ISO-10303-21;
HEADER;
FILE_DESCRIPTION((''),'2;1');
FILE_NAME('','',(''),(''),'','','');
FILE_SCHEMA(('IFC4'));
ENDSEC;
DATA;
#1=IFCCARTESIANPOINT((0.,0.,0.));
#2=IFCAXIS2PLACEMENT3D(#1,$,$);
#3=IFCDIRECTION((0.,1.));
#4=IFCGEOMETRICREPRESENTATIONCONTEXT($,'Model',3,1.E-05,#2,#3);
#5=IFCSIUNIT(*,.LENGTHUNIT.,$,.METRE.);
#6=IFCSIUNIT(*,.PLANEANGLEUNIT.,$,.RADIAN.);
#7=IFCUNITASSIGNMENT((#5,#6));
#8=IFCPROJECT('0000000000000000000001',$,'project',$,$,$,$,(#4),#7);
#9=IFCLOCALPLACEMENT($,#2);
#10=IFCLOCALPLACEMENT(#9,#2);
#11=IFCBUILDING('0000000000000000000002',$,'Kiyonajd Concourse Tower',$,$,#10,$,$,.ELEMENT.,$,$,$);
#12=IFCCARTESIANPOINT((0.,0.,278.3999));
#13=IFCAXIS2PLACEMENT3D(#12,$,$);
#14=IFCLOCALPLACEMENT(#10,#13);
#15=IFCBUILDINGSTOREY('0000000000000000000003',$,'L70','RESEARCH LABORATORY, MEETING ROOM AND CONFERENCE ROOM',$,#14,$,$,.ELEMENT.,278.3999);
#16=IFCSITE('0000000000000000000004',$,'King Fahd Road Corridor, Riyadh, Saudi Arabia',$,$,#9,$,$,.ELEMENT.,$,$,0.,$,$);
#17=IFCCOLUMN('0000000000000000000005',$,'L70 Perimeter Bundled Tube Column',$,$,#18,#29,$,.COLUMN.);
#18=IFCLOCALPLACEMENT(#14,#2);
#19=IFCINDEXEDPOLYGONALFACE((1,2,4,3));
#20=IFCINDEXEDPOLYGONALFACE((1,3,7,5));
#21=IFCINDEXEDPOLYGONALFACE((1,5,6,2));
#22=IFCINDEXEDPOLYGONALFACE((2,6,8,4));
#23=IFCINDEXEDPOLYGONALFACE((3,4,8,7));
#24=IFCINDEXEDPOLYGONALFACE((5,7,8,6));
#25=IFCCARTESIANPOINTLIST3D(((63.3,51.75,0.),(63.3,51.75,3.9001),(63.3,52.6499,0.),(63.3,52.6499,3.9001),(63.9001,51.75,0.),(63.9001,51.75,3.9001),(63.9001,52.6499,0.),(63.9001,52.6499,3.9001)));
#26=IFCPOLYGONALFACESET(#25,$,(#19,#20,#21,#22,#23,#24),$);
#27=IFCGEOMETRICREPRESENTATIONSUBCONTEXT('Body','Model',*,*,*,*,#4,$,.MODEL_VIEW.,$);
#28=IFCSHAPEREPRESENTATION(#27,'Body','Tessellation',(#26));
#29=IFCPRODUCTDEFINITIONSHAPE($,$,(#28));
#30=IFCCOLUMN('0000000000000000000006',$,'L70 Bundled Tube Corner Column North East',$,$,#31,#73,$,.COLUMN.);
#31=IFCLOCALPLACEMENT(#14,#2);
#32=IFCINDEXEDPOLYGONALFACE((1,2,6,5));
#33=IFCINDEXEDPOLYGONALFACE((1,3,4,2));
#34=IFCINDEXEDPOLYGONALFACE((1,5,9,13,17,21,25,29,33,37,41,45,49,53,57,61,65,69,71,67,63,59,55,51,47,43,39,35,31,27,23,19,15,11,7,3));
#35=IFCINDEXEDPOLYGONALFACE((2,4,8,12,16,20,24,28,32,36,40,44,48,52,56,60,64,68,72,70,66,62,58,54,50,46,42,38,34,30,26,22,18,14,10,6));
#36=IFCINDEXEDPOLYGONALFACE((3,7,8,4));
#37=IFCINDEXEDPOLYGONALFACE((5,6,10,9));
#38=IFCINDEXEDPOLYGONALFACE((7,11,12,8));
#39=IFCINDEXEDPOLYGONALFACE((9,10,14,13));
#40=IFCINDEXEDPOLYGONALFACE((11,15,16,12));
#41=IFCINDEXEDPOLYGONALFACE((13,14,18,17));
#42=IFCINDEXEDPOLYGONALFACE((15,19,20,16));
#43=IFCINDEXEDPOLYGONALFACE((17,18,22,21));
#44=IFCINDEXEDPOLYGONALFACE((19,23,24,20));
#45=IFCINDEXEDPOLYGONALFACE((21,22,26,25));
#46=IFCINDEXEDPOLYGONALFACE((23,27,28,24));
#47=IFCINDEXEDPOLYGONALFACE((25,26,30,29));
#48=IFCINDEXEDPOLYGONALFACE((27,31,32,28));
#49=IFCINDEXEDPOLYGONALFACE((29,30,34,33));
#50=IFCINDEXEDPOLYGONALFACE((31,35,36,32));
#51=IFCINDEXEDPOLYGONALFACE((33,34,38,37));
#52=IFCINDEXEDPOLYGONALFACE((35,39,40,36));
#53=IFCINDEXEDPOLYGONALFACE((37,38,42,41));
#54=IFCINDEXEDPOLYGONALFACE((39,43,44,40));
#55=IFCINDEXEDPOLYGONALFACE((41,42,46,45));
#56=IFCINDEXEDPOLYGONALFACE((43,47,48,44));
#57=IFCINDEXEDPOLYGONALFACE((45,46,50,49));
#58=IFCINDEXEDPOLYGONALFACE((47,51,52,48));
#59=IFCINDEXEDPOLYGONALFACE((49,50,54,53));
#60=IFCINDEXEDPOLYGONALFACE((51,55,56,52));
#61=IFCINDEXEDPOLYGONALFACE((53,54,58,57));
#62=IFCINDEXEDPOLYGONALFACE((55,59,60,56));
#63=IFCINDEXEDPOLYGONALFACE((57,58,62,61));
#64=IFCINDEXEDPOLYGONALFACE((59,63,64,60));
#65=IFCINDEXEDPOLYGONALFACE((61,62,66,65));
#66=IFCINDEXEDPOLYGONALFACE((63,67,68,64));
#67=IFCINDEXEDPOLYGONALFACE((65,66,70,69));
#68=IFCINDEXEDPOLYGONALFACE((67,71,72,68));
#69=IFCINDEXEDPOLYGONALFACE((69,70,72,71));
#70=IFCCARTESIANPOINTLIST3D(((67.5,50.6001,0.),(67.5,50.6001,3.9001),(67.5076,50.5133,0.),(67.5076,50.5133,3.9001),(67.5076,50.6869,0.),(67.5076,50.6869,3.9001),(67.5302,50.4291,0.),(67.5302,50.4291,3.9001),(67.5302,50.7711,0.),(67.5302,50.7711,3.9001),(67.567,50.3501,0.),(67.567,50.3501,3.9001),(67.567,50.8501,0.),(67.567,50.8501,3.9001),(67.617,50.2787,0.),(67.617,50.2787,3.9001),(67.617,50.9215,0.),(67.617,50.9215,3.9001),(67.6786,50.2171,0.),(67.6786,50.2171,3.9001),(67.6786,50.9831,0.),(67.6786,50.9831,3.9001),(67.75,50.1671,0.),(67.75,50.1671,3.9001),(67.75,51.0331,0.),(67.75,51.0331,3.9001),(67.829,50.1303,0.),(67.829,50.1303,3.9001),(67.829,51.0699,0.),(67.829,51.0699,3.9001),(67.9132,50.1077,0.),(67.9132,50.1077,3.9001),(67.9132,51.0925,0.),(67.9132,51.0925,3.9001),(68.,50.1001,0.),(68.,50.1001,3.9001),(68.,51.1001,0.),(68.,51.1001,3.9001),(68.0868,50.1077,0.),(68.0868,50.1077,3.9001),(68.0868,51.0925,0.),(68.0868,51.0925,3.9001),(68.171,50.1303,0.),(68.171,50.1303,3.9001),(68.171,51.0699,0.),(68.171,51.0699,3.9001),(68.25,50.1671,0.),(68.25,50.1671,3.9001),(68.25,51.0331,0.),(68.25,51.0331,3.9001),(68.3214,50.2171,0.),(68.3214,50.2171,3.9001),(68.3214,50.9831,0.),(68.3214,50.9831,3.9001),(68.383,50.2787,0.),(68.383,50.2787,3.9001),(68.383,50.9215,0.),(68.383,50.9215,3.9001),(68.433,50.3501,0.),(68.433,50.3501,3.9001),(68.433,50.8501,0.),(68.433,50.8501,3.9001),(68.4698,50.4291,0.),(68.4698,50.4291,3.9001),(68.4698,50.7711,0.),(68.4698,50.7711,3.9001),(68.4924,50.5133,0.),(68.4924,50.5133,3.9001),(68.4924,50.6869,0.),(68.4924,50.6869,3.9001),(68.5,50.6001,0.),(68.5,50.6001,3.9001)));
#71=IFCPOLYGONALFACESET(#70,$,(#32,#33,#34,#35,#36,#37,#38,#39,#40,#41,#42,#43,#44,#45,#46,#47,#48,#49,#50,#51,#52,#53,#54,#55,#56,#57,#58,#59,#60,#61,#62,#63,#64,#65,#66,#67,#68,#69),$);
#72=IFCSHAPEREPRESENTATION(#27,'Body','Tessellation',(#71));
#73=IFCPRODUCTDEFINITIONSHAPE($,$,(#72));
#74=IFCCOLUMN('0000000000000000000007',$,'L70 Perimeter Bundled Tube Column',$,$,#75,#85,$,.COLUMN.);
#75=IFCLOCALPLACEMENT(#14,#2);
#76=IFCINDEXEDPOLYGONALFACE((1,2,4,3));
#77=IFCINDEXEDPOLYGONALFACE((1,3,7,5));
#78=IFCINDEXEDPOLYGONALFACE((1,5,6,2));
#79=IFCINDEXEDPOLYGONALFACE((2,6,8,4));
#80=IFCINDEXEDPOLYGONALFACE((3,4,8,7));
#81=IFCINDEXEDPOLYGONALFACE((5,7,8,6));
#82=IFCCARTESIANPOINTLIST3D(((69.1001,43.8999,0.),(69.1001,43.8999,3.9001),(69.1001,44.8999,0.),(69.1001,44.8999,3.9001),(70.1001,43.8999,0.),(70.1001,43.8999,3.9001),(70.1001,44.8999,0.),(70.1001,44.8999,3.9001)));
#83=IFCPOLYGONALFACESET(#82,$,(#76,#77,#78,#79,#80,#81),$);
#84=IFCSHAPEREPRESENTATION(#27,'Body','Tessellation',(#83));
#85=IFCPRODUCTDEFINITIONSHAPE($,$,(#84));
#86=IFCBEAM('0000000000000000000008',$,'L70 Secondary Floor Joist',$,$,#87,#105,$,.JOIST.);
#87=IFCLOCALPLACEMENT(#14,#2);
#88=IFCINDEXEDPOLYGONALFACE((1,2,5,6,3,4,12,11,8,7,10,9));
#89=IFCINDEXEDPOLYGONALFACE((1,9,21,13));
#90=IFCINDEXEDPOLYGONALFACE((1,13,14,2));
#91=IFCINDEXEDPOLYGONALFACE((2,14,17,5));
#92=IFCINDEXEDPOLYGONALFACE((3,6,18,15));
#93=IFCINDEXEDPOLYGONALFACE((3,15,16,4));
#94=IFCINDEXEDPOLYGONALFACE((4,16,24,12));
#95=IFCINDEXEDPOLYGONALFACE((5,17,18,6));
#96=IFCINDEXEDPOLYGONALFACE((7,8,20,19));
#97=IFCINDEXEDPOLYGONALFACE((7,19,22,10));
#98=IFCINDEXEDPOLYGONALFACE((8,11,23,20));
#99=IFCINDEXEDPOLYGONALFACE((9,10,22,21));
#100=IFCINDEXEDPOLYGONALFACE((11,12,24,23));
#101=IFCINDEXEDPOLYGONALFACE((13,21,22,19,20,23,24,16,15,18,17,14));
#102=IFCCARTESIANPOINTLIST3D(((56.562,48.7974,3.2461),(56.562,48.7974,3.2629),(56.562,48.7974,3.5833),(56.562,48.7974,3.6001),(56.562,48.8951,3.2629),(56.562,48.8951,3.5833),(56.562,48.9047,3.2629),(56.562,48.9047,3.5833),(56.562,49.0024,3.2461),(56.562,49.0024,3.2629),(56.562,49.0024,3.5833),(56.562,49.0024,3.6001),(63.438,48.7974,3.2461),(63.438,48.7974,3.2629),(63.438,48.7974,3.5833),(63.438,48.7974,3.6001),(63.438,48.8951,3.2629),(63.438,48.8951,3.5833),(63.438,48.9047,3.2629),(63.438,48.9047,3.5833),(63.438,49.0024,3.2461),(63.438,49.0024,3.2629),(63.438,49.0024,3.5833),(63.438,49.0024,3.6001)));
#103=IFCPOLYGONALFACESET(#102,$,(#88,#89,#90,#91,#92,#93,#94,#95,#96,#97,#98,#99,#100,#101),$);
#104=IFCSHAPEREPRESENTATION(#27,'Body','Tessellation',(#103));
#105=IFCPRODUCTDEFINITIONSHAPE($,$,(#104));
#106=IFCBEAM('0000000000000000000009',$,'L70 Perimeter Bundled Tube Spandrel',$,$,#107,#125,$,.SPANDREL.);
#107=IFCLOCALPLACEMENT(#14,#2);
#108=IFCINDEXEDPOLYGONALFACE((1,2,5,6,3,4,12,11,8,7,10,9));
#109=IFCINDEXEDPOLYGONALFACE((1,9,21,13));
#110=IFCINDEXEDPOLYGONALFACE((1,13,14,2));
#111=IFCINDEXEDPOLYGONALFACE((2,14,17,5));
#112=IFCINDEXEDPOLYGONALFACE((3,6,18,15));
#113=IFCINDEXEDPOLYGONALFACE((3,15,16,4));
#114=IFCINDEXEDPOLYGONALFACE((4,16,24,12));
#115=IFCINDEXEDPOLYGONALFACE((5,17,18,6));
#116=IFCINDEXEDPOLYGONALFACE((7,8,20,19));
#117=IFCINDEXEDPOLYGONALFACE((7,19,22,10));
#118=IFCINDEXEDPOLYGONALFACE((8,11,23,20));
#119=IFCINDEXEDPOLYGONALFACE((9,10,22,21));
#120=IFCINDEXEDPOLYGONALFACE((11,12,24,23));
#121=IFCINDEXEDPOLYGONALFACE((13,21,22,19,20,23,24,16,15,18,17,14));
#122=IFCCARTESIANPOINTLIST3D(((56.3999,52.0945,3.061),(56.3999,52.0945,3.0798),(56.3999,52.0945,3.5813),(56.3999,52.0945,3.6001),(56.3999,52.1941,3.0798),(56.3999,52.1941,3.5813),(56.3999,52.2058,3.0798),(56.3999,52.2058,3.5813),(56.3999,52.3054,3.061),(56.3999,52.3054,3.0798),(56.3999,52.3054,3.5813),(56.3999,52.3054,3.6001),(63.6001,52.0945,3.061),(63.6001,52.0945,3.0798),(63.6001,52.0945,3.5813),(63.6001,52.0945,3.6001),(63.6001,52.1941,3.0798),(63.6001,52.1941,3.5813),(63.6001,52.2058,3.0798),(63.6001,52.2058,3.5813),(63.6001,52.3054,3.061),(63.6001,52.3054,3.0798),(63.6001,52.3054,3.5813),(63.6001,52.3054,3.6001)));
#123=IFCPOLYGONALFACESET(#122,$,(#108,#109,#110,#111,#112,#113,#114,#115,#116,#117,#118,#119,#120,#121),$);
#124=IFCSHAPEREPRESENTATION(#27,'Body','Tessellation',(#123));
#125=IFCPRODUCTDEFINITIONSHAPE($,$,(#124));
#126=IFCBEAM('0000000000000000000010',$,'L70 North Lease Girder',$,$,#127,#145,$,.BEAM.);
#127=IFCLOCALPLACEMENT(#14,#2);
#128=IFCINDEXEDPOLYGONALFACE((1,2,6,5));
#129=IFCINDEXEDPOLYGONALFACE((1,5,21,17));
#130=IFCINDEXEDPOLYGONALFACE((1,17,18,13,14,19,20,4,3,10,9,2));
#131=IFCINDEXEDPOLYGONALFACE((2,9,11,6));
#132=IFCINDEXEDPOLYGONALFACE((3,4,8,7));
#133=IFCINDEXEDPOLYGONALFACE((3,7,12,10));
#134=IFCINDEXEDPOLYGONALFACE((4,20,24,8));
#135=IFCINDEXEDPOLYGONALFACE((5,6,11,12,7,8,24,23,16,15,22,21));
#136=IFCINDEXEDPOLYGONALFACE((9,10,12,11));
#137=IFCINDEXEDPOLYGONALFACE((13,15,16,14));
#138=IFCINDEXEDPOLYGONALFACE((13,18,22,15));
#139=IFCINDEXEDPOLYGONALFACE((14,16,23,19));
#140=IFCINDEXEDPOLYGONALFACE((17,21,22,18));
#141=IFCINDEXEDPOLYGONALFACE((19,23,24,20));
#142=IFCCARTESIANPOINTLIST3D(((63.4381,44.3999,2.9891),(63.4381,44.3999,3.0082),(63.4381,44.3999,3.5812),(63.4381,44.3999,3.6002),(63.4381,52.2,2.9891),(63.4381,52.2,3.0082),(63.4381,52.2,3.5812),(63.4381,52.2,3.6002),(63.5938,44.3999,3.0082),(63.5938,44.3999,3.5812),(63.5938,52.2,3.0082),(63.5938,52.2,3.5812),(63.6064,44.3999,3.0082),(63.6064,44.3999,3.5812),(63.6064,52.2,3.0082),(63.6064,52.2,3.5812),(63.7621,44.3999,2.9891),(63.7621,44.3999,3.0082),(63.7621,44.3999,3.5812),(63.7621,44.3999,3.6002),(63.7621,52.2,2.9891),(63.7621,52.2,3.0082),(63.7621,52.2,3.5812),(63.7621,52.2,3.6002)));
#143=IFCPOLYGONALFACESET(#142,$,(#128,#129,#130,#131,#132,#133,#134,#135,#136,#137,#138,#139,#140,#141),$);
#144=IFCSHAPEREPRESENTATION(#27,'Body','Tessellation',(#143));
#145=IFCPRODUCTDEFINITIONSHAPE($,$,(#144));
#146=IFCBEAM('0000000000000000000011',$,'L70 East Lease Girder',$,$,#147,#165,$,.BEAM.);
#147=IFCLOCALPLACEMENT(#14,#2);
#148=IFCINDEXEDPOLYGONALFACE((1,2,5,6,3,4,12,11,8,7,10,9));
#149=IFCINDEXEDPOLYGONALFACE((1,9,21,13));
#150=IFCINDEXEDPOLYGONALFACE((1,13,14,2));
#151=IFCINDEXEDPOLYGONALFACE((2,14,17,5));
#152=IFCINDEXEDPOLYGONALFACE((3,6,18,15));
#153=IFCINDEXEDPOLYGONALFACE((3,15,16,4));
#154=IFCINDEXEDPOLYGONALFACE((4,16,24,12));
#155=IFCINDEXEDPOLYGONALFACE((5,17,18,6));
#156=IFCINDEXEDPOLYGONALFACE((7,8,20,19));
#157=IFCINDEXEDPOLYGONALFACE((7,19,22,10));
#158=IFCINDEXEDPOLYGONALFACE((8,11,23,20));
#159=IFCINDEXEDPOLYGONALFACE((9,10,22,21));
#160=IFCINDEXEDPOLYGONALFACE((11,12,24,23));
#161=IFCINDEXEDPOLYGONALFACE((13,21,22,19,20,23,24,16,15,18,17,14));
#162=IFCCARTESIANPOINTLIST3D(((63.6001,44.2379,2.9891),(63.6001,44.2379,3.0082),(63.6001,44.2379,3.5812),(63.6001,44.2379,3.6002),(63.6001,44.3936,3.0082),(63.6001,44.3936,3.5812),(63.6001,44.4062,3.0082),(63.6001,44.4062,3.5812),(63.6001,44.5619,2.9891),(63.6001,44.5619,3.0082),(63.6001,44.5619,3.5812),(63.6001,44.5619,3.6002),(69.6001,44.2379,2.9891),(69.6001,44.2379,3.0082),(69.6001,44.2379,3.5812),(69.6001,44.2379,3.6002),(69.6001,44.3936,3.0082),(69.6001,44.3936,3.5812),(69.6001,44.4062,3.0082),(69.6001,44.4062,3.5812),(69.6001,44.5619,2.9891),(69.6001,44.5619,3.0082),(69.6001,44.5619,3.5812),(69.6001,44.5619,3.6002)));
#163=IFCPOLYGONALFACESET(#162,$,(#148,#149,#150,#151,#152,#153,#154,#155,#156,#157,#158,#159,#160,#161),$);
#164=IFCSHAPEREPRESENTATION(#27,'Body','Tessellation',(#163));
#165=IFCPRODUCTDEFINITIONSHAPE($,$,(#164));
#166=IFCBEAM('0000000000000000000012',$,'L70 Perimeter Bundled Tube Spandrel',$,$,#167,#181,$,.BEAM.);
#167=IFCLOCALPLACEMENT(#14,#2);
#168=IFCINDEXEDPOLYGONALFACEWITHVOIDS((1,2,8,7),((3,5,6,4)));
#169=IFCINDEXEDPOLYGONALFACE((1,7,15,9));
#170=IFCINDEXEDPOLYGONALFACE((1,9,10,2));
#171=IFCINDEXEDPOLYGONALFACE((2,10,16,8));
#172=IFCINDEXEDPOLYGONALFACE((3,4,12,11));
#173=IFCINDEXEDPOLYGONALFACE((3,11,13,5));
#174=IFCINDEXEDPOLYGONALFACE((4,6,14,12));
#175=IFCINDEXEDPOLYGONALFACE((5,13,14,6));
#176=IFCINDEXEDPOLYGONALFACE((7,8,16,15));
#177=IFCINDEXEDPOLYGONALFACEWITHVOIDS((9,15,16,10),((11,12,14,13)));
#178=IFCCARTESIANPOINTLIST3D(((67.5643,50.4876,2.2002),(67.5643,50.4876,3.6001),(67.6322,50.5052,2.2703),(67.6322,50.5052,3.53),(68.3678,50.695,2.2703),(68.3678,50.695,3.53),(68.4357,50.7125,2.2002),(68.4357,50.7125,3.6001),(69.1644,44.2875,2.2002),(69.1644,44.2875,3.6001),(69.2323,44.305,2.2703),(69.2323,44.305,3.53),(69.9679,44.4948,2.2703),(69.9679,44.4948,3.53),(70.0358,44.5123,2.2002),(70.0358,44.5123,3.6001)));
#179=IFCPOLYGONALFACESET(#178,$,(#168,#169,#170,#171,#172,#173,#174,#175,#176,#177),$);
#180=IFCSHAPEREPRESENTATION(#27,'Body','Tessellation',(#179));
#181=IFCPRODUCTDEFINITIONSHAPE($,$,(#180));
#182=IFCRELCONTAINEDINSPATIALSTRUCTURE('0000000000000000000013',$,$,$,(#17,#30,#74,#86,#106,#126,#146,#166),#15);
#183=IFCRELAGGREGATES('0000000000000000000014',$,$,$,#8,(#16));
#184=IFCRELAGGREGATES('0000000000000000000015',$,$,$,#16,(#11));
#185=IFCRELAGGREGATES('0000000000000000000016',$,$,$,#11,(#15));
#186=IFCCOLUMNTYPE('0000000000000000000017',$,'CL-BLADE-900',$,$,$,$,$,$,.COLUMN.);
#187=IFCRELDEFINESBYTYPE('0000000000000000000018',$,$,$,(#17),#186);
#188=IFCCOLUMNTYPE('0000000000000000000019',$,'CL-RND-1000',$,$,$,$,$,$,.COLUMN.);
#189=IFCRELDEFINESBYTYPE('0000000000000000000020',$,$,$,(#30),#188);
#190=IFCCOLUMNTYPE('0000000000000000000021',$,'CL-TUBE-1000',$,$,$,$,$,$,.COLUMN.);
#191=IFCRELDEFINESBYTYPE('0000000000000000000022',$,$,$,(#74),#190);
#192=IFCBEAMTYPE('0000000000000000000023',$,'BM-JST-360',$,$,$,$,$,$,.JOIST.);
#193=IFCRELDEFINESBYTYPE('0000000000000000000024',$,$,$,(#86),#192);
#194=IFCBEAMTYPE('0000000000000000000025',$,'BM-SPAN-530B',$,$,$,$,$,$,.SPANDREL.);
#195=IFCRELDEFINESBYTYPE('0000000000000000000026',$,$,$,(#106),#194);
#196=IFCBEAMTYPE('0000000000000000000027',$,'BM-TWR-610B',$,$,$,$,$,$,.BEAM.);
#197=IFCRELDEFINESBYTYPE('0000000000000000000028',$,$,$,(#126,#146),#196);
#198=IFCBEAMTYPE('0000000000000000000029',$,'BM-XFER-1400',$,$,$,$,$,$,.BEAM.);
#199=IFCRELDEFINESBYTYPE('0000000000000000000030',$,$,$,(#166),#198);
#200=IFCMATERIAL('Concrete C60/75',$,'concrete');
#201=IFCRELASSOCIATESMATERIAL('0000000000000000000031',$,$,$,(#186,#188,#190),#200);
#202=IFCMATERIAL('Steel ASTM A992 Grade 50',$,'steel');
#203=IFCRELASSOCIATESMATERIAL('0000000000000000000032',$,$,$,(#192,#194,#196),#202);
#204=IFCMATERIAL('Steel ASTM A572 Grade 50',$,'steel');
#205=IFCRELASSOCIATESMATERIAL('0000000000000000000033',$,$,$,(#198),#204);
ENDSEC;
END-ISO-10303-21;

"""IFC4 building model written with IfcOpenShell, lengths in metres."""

from ifc_helpers import new_model, si_unit, direction, frame, origin, origin_2d, place, context, subcontext, project, spatial, rectangle, hollow_rectangle, circle, i_section, extrude, material, material_profile, profile_set, type_object, element, save


model = new_model("IFC4")

# Units and contexts
model_context = context("Model", 3, precision=1e-05, world=origin(), true_north=direction((0.0, 1.0)))
body_context = subcontext(model_context, "Body", "Model", "MODEL_VIEW")
ifc_project = project(units=[si_unit("LENGTHUNIT", "METRE"), si_unit("PLANEANGLEUNIT", "RADIAN")], contexts=[model_context])

# Site, building, storey
site_placement = place(None, origin())
site = spatial("IfcSite", under=ifc_project, at=site_placement, Name="King Fahd Road Corridor, Riyadh, Saudi Arabia", CompositionType="ELEMENT", RefElevation=0.0)
building_placement = place(site_placement, origin())
building = spatial("IfcBuilding", under=site, at=building_placement, Name="Kiyonajd Concourse Tower", CompositionType="ELEMENT")
storey_placement = place(building_placement, frame((0.0, 0.0, 278.3999)))
storey = spatial("IfcBuildingStorey", under=building, at=storey_placement, Name="L70", Description="RESEARCH LABORATORY, MEETING ROOM AND CONFERENCE ROOM", CompositionType="ELEMENT", Elevation=278.3999)

# Columns
ifc_material_1 = material(Name="Concrete C60/75", Category="concrete")
ifc_material_profile_1 = material_profile(ifc_material_1, rectangle(XDim=0.6001, YDim=0.8999, at=origin_2d()), Name="RC-900x600")
ifc_profile_set_1 = profile_set([ifc_material_profile_1], Name="Concrete C60/75")
column_type_1 = type_object("IfcColumnType", Name="CL-BLADE-900", PredefinedType="COLUMN", material=ifc_profile_set_1)
column_1_placement = place(storey_placement, frame((63.6001, 52.2, 0.0), z_axis=(0.0, 0.0, 1.0), x_axis=(1.0, 0.0, 0.0)))
element("IfcColumn", 1, at=column_1_placement, inside=storey, type_object=column_type_1, Name="L70 Perimeter Bundled Tube Column", PredefinedType="COLUMN", context=body_context, shape_type="SweptSolid", body=[
    extrude(rectangle(XDim=0.6001, YDim=0.8999, at=origin_2d()), origin(), (0.0, 0.0, 1.0), 3.9001),
])
ifc_material_profile_2 = material_profile(ifc_material_1, circle(Radius=0.5, at=origin_2d()), Name="RCC-D1000")
ifc_profile_set_2 = profile_set([ifc_material_profile_2], Name="Concrete C60/75")
column_type_2 = type_object("IfcColumnType", Name="CL-RND-1000", PredefinedType="COLUMN", material=ifc_profile_set_2)
column_2_placement = place(storey_placement, frame((68.0, 50.6001, 0.0), z_axis=(0.0, 0.0, 1.0), x_axis=(1.0, 0.0, 0.0)))
element("IfcColumn", 2, at=column_2_placement, inside=storey, type_object=column_type_2, Name="L70 Bundled Tube Corner Column North East", PredefinedType="COLUMN", context=body_context, shape_type="SweptSolid", body=[
    extrude(circle(Radius=0.5, at=origin_2d()), origin(), (0.0, 0.0, 1.0), 3.9001),
])
ifc_material_profile_3 = material_profile(ifc_material_1, rectangle(XDim=1.0, YDim=1.0, at=origin_2d()), Name="RC-1000x1000")
ifc_profile_set_3 = profile_set([ifc_material_profile_3], Name="Concrete C60/75")
column_type_3 = type_object("IfcColumnType", Name="CL-TUBE-1000", PredefinedType="COLUMN", material=ifc_profile_set_3)
column_3_placement = place(storey_placement, frame((69.6001, 44.3999, 0.0), z_axis=(0.0, 0.0, 1.0), x_axis=(1.0, 0.0, 0.0)))
element("IfcColumn", 3, at=column_3_placement, inside=storey, type_object=column_type_3, Name="L70 Perimeter Bundled Tube Column", PredefinedType="COLUMN", context=body_context, shape_type="SweptSolid", body=[
    extrude(rectangle(XDim=1.0, YDim=1.0, at=origin_2d()), origin(), (0.0, 0.0, 1.0), 3.9001),
])

# Beams
ifc_material_2 = material(Name="Steel ASTM A992 Grade 50", Category="steel")
ifc_material_profile_4 = material_profile(ifc_material_2, i_section(OverallWidth=0.2051, OverallDepth=0.354, WebThickness=0.0095, FlangeThickness=0.0168, at=origin_2d()), Name="W360X79")
ifc_profile_set_4 = profile_set([ifc_material_profile_4], Name="Steel ASTM A992 Grade 50")
beam_type_1 = type_object("IfcBeamType", Name="BM-JST-360", PredefinedType="JOIST", material=ifc_profile_set_4)
beam_1_placement = place(storey_placement, frame((56.562, 48.8999, 3.4231), z_axis=(1.0, 0.0, 0.0), x_axis=(0.0, 1.0, 0.0)))
element("IfcBeam", 4, at=beam_1_placement, inside=storey, type_object=beam_type_1, Name="L70 Secondary Floor Joist", PredefinedType="JOIST", context=body_context, shape_type="SweptSolid", body=[
    extrude(i_section(OverallWidth=0.2051, OverallDepth=0.354, WebThickness=0.0095, FlangeThickness=0.0168, at=origin_2d()), origin(), (0.0, 0.0, 1.0), 6.876),
])
ifc_material_profile_5 = material_profile(ifc_material_2, i_section(OverallWidth=0.2109, OverallDepth=0.5391, WebThickness=0.0117, FlangeThickness=0.0188, at=origin_2d()), Name="W530X109")
ifc_profile_set_5 = profile_set([ifc_material_profile_5], Name="Steel ASTM A992 Grade 50")
beam_type_2 = type_object("IfcBeamType", Name="BM-SPAN-530B", PredefinedType="SPANDREL", material=ifc_profile_set_5)
beam_2_placement = place(storey_placement, frame((63.6001, 52.2, 3.3306), z_axis=(-1.0, 0.0, 0.0), x_axis=(0.0, -1.0, 0.0)))
element("IfcBeam", 5, at=beam_2_placement, inside=storey, type_object=beam_type_2, Name="L70 Perimeter Bundled Tube Spandrel", PredefinedType="SPANDREL", context=body_context, shape_type="SweptSolid", body=[
    extrude(i_section(OverallWidth=0.2109, OverallDepth=0.5391, WebThickness=0.0117, FlangeThickness=0.0188, at=origin_2d()), origin(), (0.0, 0.0, 1.0), 7.2002),
])
ifc_material_profile_6 = material_profile(ifc_material_2, i_section(OverallWidth=0.324, OverallDepth=0.6111, WebThickness=0.0127, FlangeThickness=0.019, at=origin_2d()), Name="W610X155")
ifc_profile_set_6 = profile_set([ifc_material_profile_6], Name="Steel ASTM A992 Grade 50")
beam_type_3 = type_object("IfcBeamType", Name="BM-TWR-610B", PredefinedType="BEAM", material=ifc_profile_set_6)
beam_3_placement = place(storey_placement, frame((63.6001, 44.3999, 3.2947), z_axis=(0.0, 1.0, 0.0), x_axis=(-1.0, 0.0, 0.0)))
element("IfcBeam", 6, at=beam_3_placement, inside=storey, type_object=beam_type_3, Name="L70 North Lease Girder", PredefinedType="BEAM", context=body_context, shape_type="SweptSolid", body=[
    extrude(i_section(OverallWidth=0.324, OverallDepth=0.6111, WebThickness=0.0127, FlangeThickness=0.019, at=origin_2d()), origin(), (0.0, 0.0, 1.0), 7.8),
])
beam_4_placement = place(storey_placement, frame((63.6001, 44.3999, 3.2947), z_axis=(1.0, 0.0, 0.0), x_axis=(0.0, 1.0, 0.0)))
element("IfcBeam", 7, at=beam_4_placement, inside=storey, type_object=beam_type_3, Name="L70 East Lease Girder", PredefinedType="BEAM", context=body_context, shape_type="SweptSolid", body=[
    extrude(i_section(OverallWidth=0.324, OverallDepth=0.6111, WebThickness=0.0127, FlangeThickness=0.019, at=origin_2d()), origin(), (0.0, 0.0, 1.0), 6.0),
])
ifc_material_3 = material(Name="Steel ASTM A572 Grade 50", Category="steel")
ifc_material_profile_7 = material_profile(ifc_material_3, hollow_rectangle(XDim=0.8999, YDim=1.3999, WallThickness=0.0701, at=origin_2d()), Name="BOX-1400x900x70")
ifc_profile_set_7 = profile_set([ifc_material_profile_7], Name="Steel ASTM A572 Grade 50")
beam_type_4 = type_object("IfcBeamType", Name="BM-XFER-1400", PredefinedType="BEAM", material=ifc_profile_set_7)
beam_5_placement = place(storey_placement, frame((69.6001, 44.3999, 2.9001), z_axis=(-0.249885, 0.968276, 0.0), x_axis=(-0.968276, -0.249885, 0.0)))
element("IfcBeam", 8, at=beam_5_placement, inside=storey, type_object=beam_type_4, Name="L70 Perimeter Bundled Tube Spandrel", PredefinedType="BEAM", context=body_context, shape_type="SweptSolid", body=[
    extrude(hollow_rectangle(XDim=0.8999, YDim=1.3999, WallThickness=0.0701, at=origin_2d()), origin(), (0.0, 0.0, 1.0), 6.4033),
])

save(model, "model.ifc")
